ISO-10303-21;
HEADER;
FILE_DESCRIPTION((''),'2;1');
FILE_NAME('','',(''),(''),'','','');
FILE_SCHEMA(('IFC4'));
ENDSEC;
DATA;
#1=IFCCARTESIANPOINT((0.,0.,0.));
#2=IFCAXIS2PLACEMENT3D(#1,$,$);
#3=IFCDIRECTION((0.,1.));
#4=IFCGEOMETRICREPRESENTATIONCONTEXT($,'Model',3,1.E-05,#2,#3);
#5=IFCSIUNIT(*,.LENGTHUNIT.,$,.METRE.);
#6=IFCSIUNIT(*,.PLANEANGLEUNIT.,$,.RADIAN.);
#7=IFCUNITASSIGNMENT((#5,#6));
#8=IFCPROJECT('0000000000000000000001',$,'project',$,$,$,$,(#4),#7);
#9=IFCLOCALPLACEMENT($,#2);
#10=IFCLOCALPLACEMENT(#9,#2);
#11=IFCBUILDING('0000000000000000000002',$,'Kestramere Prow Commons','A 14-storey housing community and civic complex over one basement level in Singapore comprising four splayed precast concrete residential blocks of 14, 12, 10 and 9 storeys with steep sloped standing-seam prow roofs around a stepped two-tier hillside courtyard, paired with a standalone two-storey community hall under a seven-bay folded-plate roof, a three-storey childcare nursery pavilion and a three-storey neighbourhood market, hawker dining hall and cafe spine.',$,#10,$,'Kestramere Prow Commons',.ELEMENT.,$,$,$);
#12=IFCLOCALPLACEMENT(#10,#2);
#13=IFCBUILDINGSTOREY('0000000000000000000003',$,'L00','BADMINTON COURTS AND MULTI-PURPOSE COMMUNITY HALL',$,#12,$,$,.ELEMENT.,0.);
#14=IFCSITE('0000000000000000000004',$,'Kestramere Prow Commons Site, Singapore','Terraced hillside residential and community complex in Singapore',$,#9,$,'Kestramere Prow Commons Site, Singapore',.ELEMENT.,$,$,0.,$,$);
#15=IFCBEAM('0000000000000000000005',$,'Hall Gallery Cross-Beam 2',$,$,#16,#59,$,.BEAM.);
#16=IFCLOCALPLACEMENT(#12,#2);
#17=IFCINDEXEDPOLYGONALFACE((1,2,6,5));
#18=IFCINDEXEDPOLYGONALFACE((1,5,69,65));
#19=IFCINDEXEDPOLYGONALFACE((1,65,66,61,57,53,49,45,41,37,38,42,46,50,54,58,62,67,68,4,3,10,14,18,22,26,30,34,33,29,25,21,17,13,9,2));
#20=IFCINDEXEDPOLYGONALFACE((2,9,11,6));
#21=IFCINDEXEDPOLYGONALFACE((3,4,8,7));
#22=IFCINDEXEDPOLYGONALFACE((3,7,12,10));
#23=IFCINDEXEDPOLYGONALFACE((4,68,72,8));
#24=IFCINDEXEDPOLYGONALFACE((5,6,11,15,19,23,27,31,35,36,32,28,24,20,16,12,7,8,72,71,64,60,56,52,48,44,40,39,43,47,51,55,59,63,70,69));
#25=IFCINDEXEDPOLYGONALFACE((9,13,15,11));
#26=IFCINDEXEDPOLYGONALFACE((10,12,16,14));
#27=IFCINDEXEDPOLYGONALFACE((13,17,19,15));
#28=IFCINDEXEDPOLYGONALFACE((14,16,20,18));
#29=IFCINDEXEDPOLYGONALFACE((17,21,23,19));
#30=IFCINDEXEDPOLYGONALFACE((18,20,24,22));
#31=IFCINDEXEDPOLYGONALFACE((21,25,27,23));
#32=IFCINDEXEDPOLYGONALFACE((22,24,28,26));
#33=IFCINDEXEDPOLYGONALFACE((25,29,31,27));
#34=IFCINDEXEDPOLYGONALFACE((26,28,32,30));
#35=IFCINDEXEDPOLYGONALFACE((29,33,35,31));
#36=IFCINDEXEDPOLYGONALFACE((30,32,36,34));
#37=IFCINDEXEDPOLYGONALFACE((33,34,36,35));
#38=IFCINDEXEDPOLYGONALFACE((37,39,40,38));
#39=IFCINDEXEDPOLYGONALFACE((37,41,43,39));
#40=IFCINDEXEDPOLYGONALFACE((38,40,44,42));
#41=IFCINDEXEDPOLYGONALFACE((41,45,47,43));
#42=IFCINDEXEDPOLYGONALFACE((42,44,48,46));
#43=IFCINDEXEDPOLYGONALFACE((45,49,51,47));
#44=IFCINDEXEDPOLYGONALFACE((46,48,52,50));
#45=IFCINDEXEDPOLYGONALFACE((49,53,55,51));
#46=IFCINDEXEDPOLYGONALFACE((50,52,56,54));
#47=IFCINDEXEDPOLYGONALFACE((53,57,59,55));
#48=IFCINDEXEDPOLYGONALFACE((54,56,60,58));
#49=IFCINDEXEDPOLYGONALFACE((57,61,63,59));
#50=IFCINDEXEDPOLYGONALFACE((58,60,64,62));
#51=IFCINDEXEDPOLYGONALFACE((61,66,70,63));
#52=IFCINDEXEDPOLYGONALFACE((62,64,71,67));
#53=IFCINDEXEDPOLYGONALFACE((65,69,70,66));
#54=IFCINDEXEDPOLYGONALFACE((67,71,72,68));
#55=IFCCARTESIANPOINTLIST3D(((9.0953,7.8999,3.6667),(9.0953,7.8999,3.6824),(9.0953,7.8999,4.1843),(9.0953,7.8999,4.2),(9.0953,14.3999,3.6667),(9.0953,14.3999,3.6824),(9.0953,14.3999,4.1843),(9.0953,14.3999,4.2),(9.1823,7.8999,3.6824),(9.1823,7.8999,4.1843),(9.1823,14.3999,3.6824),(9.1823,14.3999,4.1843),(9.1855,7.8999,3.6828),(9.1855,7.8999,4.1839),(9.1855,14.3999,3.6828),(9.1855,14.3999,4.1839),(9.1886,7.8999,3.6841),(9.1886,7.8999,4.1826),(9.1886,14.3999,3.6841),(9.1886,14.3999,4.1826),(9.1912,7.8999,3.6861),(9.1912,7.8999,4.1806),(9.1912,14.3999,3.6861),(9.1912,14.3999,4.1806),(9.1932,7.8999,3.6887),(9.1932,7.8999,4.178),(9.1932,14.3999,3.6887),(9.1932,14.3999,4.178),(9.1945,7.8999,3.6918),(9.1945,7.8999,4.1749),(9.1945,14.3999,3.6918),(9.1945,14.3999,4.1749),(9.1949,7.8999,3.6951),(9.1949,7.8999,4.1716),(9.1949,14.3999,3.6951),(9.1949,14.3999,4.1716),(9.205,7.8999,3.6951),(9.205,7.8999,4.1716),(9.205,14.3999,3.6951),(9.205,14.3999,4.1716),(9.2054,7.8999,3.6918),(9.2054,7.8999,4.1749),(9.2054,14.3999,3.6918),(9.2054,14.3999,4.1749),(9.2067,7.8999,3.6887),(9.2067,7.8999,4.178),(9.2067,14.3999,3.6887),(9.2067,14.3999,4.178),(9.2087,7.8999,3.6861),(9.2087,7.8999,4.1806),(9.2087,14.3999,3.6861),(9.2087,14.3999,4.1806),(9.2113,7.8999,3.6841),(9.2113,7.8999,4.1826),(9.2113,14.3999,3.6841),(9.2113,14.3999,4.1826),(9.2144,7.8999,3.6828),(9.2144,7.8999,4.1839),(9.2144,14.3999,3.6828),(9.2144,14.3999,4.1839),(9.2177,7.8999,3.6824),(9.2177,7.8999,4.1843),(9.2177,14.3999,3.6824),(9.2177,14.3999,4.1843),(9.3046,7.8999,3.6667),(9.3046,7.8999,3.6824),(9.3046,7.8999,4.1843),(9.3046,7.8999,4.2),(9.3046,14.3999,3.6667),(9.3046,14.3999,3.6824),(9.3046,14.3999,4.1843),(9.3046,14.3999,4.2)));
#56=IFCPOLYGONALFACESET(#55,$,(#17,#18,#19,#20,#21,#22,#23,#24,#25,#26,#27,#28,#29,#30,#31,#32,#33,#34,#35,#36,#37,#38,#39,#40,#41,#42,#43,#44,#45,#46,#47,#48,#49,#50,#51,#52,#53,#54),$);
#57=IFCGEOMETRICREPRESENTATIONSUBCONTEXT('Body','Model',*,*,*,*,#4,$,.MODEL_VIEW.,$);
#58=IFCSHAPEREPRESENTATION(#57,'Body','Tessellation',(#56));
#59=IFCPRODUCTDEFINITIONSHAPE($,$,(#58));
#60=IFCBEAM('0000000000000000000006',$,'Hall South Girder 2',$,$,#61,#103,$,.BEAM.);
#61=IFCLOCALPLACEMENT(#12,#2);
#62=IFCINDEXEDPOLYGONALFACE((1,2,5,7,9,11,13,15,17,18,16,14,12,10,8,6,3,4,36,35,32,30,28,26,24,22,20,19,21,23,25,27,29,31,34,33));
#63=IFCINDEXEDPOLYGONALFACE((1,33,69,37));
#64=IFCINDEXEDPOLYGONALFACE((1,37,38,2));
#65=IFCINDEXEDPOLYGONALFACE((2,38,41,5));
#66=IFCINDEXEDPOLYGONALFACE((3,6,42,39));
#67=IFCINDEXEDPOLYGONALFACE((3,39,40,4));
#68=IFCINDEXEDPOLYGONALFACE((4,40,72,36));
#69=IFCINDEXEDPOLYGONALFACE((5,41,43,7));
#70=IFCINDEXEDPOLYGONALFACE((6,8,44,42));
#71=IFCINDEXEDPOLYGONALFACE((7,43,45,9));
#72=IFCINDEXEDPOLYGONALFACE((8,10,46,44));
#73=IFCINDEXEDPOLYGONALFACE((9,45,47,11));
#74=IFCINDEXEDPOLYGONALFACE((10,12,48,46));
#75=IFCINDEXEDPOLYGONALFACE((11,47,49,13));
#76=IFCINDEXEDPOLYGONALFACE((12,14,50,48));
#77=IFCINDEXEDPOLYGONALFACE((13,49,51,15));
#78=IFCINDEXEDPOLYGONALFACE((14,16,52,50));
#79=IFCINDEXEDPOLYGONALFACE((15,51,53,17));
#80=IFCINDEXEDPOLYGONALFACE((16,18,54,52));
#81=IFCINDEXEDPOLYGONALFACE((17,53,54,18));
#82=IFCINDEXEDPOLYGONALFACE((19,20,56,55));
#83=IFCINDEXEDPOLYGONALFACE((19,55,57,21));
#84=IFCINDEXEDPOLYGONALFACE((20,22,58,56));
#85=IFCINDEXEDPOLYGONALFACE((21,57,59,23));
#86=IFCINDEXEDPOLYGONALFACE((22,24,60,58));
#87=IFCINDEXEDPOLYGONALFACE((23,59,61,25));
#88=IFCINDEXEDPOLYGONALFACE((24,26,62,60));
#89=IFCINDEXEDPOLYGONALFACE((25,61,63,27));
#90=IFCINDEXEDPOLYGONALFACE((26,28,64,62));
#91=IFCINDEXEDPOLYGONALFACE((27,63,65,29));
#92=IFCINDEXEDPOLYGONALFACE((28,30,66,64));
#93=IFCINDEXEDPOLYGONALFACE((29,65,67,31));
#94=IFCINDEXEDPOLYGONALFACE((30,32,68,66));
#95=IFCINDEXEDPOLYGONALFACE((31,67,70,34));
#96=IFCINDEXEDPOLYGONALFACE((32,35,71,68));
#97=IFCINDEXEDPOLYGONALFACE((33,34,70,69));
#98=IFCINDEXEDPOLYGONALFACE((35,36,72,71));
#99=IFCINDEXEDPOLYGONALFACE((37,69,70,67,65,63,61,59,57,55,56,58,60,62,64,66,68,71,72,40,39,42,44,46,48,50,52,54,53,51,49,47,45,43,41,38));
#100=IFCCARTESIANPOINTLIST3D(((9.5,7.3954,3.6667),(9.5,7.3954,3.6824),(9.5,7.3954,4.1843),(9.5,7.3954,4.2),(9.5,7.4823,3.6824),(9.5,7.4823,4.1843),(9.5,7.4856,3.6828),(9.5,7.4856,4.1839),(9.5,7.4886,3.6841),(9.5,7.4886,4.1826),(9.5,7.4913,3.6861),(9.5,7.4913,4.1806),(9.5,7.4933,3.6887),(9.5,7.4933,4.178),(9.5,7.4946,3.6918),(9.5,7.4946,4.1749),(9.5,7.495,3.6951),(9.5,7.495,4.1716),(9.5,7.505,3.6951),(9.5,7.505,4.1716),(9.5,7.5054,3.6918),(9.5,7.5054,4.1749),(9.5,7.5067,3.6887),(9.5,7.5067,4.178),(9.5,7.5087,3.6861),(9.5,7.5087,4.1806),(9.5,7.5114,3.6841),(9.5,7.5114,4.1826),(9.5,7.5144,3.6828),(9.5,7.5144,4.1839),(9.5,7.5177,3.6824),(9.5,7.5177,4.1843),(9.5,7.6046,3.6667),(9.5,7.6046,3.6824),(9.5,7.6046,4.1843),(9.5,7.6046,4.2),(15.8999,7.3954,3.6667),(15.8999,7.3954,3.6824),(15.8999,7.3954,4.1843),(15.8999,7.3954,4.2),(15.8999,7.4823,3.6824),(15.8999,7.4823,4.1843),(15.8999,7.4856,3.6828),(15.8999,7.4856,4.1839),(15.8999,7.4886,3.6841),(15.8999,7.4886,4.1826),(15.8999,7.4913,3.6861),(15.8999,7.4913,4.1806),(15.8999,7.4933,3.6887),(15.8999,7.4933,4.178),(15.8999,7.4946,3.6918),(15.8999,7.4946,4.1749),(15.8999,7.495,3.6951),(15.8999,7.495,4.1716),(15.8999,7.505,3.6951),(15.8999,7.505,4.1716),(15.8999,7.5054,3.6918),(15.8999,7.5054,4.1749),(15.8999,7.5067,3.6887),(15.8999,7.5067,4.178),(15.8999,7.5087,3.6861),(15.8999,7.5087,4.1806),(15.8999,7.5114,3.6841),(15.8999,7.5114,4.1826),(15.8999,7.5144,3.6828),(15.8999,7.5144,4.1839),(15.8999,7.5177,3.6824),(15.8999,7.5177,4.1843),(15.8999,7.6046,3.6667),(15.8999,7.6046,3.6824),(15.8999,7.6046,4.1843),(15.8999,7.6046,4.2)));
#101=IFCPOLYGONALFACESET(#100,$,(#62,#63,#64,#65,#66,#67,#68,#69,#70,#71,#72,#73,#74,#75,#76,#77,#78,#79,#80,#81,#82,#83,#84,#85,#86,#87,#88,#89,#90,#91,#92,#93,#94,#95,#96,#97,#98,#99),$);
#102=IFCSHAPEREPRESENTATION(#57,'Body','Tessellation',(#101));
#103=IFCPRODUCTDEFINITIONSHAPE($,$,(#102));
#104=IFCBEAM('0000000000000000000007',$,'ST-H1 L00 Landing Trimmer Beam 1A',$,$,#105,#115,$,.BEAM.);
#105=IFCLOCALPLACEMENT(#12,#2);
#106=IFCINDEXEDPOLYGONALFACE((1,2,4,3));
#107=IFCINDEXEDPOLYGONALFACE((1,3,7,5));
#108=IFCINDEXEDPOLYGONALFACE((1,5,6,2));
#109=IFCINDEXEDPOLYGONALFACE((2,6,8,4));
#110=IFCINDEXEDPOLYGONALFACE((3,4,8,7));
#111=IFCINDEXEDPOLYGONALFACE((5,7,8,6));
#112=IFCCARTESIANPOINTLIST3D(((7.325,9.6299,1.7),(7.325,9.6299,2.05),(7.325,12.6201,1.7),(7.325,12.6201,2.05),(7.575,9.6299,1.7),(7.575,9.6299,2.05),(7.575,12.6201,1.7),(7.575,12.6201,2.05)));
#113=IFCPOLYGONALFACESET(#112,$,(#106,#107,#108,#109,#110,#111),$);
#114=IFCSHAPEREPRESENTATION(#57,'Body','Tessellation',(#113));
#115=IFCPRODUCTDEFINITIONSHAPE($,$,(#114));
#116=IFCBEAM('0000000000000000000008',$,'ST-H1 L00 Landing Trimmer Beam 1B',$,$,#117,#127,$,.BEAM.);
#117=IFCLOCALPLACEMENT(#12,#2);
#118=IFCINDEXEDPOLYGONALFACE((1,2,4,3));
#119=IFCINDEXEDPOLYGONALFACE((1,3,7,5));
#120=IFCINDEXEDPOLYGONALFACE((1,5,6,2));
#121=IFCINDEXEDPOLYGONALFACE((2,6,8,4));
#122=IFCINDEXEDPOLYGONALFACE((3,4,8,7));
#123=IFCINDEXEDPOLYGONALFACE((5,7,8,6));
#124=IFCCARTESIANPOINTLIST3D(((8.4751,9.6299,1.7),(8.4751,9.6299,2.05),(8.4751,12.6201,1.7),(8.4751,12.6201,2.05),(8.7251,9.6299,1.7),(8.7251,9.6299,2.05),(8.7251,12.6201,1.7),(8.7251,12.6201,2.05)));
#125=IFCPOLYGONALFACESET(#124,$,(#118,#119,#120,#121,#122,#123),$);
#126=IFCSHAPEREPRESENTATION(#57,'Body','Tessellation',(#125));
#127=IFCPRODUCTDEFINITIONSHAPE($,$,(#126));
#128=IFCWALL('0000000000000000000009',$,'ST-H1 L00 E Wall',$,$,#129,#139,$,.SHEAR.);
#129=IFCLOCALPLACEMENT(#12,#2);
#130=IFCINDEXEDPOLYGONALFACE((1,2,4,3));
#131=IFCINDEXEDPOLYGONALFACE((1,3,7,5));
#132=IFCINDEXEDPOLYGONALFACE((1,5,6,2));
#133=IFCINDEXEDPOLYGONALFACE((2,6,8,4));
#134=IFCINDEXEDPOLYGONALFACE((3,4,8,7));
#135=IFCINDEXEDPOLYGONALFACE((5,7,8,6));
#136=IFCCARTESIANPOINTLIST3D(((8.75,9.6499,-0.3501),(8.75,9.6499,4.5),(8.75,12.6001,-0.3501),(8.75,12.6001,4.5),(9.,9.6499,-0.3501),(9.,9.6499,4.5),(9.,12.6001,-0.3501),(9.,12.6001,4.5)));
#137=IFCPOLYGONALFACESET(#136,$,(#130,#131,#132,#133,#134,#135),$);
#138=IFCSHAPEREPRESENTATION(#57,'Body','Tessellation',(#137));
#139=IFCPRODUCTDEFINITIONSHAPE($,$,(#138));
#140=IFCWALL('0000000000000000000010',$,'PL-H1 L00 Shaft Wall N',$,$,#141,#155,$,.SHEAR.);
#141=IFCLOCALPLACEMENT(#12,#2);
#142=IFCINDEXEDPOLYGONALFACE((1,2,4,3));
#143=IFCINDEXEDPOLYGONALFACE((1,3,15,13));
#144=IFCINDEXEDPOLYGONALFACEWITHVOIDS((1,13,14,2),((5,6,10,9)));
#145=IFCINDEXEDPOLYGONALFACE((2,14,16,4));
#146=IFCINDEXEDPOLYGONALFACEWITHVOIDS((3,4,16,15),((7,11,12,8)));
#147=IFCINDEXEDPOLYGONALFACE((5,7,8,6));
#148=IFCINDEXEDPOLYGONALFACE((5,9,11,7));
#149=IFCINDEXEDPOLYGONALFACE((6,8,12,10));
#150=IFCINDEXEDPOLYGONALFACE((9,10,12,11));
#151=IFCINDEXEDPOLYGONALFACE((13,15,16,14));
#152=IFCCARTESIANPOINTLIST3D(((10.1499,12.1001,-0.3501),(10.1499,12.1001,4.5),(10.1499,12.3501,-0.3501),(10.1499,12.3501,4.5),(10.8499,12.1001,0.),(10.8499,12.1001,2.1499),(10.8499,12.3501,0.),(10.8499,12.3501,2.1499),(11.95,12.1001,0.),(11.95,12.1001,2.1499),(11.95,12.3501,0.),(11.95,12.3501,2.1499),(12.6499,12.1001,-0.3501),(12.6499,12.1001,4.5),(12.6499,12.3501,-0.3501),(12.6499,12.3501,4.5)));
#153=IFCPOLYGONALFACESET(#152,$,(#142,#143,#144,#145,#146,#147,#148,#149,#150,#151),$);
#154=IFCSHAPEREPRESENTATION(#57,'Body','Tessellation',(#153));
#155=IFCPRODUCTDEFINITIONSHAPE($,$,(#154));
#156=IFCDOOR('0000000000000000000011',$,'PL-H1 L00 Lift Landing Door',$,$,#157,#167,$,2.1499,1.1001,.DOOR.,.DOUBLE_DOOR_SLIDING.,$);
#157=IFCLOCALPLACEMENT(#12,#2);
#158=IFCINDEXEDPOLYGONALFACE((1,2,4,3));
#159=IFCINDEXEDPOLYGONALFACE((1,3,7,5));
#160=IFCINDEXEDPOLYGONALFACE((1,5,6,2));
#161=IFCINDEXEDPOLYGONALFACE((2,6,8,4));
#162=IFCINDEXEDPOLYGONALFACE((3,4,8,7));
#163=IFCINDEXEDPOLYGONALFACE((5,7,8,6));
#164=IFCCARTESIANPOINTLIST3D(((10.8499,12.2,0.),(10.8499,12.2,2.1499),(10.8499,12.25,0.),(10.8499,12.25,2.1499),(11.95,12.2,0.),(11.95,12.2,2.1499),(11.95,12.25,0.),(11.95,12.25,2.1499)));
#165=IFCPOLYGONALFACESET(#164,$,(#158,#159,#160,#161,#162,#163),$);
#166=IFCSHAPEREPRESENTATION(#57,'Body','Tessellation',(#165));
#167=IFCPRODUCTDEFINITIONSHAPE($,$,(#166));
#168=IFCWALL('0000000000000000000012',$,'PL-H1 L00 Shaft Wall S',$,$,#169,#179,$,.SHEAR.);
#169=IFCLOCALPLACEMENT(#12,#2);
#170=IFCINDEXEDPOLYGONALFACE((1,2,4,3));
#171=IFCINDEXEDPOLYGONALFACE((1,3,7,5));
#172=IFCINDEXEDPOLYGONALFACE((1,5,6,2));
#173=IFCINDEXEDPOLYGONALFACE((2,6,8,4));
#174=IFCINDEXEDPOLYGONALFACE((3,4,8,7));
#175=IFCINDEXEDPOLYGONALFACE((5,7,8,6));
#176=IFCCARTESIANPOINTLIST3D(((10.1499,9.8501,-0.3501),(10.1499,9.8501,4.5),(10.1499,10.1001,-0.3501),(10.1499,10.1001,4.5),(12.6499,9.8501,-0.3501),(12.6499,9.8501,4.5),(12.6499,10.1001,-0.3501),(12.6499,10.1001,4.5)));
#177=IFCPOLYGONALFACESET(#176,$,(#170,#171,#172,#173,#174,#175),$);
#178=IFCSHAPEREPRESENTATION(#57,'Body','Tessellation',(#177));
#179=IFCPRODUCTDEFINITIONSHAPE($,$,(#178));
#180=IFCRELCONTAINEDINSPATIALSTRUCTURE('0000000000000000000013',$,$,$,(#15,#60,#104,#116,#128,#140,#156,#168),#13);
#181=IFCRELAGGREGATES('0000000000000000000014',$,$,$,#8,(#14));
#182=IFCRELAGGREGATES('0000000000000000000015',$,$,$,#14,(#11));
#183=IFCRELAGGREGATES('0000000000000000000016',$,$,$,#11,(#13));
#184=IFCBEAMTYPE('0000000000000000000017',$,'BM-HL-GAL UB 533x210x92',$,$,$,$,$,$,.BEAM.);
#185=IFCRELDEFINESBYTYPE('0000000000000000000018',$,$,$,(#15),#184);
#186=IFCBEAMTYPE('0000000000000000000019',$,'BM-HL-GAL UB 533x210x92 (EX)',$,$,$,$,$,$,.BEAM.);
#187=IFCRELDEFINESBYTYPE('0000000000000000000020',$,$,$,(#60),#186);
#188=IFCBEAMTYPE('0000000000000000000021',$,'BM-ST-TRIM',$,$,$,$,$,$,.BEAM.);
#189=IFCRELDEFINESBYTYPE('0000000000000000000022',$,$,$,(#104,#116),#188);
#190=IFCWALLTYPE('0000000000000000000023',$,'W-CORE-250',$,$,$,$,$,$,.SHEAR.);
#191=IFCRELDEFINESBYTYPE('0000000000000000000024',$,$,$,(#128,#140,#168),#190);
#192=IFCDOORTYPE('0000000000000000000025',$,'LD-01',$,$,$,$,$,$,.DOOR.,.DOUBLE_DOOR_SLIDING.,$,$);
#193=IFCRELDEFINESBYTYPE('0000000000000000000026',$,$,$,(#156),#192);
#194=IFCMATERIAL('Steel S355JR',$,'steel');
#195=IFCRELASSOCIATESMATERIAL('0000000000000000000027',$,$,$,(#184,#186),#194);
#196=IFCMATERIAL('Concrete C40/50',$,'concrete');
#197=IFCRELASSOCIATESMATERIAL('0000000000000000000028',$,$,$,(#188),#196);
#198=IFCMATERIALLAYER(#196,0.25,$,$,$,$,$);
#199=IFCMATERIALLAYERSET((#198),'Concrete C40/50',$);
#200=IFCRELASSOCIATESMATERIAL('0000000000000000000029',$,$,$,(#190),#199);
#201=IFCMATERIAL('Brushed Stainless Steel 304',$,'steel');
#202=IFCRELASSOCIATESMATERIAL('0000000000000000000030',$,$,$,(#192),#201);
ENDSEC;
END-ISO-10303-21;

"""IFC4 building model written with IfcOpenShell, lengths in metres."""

from ifc_helpers import new_model, si_unit, direction, frame, frame_2d, origin, origin_2d, place, context, subcontext, project, spatial, rectangle, i_section, extrude, material, layer, layer_set, material_profile, profile_set, type_object, element, fill, save


model = new_model("IFC4")

# Units and contexts
model_context = context("Model", 3, precision=1e-05, world=origin(), true_north=direction((0.0, 1.0)))
body_context = subcontext(model_context, "Body", "Model", "MODEL_VIEW")
ifc_project = project(units=[si_unit("LENGTHUNIT", "METRE"), si_unit("PLANEANGLEUNIT", "RADIAN")], contexts=[model_context])

# Site, building, storey
site_placement = place(None, origin())
site = spatial("IfcSite", under=ifc_project, at=site_placement, Name="Kestramere Prow Commons Site, Singapore", Description="Terraced hillside residential and community complex in Singapore", LongName="Kestramere Prow Commons Site, Singapore", CompositionType="ELEMENT", RefElevation=0.0)
building_placement = place(site_placement, origin())
building = spatial("IfcBuilding", under=site, at=building_placement, Name="Kestramere Prow Commons", Description="A 14-storey housing community and civic complex over one basement level in Singapore comprising four splayed precast concrete residential blocks of 14, 12, 10 and 9 storeys with steep sloped standing-seam prow roofs around a stepped two-tier hillside courtyard, paired with a standalone two-storey community hall under a seven-bay folded-plate roof, a three-storey childcare nursery pavilion and a three-storey neighbourhood market, hawker dining hall and cafe spine.", LongName="Kestramere Prow Commons", CompositionType="ELEMENT")
storey_placement = place(building_placement, origin())
storey = spatial("IfcBuildingStorey", under=building, at=storey_placement, Name="L00", Description="BADMINTON COURTS AND MULTI-PURPOSE COMMUNITY HALL", CompositionType="ELEMENT", Elevation=0.0)

# Beams
ifc_material_1 = material(Name="Steel S355JR", Category="steel")
ifc_material_profile_1 = material_profile(ifc_material_1, i_section(OverallWidth=0.2092, OverallDepth=0.5332, WebThickness=0.01, FlangeThickness=0.0156, FilletRadius=0.0127, at=origin_2d()), Name="UB 533x210x92")
ifc_profile_set_1 = profile_set([ifc_material_profile_1], Name="Steel S355JR")
beam_type_1 = type_object("IfcBeamType", Name="BM-HL-GAL UB 533x210x92", PredefinedType="BEAM", material=ifc_profile_set_1)
beam_1_placement = place(storey_placement, frame((9.2, 7.8999, 3.9333), z_axis=(0.0, 1.0, 0.0), x_axis=(-1.0, 0.0, 0.0)))
element("IfcBeam", 1, at=beam_1_placement, inside=storey, type_object=beam_type_1, Name="Hall Gallery Cross-Beam 2", PredefinedType="BEAM", context=body_context, shape_type="SweptSolid", body=[
    extrude(i_section(OverallWidth=0.2092, OverallDepth=0.5332, WebThickness=0.01, FlangeThickness=0.0156, FilletRadius=0.0127, at=origin_2d()), origin(), (0.0, 0.0, 1.0), 6.5),
])
ifc_material_profile_2 = material_profile(ifc_material_1, i_section(OverallWidth=0.2092, OverallDepth=0.5332, WebThickness=0.01, FlangeThickness=0.0156, FilletRadius=0.0127, at=origin_2d()), Name="UB 533x210x92")
ifc_profile_set_2 = profile_set([ifc_material_profile_2], Name="Steel S355JR")
beam_type_2 = type_object("IfcBeamType", Name="BM-HL-GAL UB 533x210x92 (EX)", PredefinedType="BEAM", material=ifc_profile_set_2)
beam_2_placement = place(storey_placement, frame((9.5, 7.5, 3.9333), z_axis=(1.0, 0.0, 0.0), x_axis=(0.0, 1.0, 0.0)))
element("IfcBeam", 2, at=beam_2_placement, inside=storey, type_object=beam_type_2, Name="Hall South Girder 2", PredefinedType="BEAM", context=body_context, shape_type="SweptSolid", body=[
    extrude(i_section(OverallWidth=0.2092, OverallDepth=0.5332, WebThickness=0.01, FlangeThickness=0.0156, FilletRadius=0.0127, at=origin_2d()), origin(), (0.0, 0.0, 1.0), 6.3999),
])
ifc_material_2 = material(Name="Concrete C40/50", Category="concrete")
ifc_material_profile_3 = material_profile(ifc_material_2, rectangle(XDim=0.25, YDim=0.3501, at=origin_2d()), Name="PC-BM 250x350")
ifc_profile_set_3 = profile_set([ifc_material_profile_3], Name="Concrete C40/50")
beam_type_3 = type_object("IfcBeamType", Name="BM-ST-TRIM", PredefinedType="BEAM", material=ifc_profile_set_3)
for number, where, z_axis, x_axis, name in (
    (3, (7.45, 9.6299, 1.875), (0.0, 1.0, 0.0), (-1.0, 0.0, 0.0), "ST-H1 L00 Landing Trimmer Beam 1A"),
    (4, (8.6001, 9.6299, 1.875), (0.0, 1.0, 0.0), (-1.0, 0.0, 0.0), "ST-H1 L00 Landing Trimmer Beam 1B"),
):
    element("IfcBeam", number, at=place(storey_placement, frame(where, z_axis=z_axis, x_axis=x_axis)), inside=storey, type_object=beam_type_3, Name=name, PredefinedType="BEAM", context=body_context, shape_type="SweptSolid", body=[
        extrude(rectangle(XDim=0.25, YDim=0.3501, at=origin_2d()), origin(), (0.0, 0.0, 1.0), 2.9902),
    ])

# Wall
ifc_layer_1 = layer(ifc_material_2, 0.25)
ifc_layer_set_1 = layer_set([ifc_layer_1], Name="Concrete C40/50")
wall_type_1 = type_object("IfcWallType", Name="W-CORE-250", PredefinedType="SHEAR", material=ifc_layer_set_1)
wall_1_placement = place(storey_placement, frame((8.875, 9.6499, -0.3501), z_axis=(0.0, 0.0, 1.0), x_axis=(0.0, 1.0, 0.0)))
element("IfcWall", 5, at=wall_1_placement, inside=storey, type_object=wall_type_1, Name="ST-H1 L00 E Wall", PredefinedType="SHEAR", context=body_context, shape_type="SweptSolid", body=[
    extrude(rectangle(XDim=2.9502, YDim=0.25, at=frame_2d((1.4751, 0.0))), origin(), (0.0, 0.0, 1.0), 4.8501),
])

# Wall, opening, door
wall_2_placement = place(storey_placement, frame((10.1499, 12.2251, -0.3501), z_axis=(0.0, 0.0, 1.0), x_axis=(1.0, 0.0, 0.0)))
wall_2 = element("IfcWall", 6, at=wall_2_placement, inside=storey, type_object=wall_type_1, Name="PL-H1 L00 Shaft Wall N", PredefinedType="SHEAR", context=body_context, shape_type="SweptSolid", body=[
    extrude(rectangle(XDim=2.5, YDim=0.25, at=frame_2d((1.25, 0.0))), origin(), (0.0, 0.0, 1.0), 4.8501),
])
opening_1_placement = place(wall_2_placement, frame((0.7, 0.0, 0.3501)))
opening_1 = element("IfcOpeningElement", 7, at=opening_1_placement, cuts=wall_2, PredefinedType="OPENING", context=body_context, shape_type="SweptSolid", body=[
    extrude(rectangle(XDim=1.1001, YDim=2.1499, at=frame_2d((0.55, 1.075))), frame((0.0, 0.1399, 0.0), z_axis=(0.0, -1.0, 0.0), x_axis=(1.0, 0.0, 0.0)), (0.0, 0.0, 1.0), 0.28),
])
ifc_material_3 = material(Name="Brushed Stainless Steel 304", Category="steel")
door_type_1 = type_object("IfcDoorType", Name="LD-01", OperationType="DOUBLE_DOOR_SLIDING", PredefinedType="DOOR", material=ifc_material_3)
door_1_placement = place(opening_1_placement, origin())
door_1 = element("IfcDoor", 8, at=door_1_placement, inside=storey, type_object=door_type_1, Name="PL-H1 L00 Lift Landing Door", OperationType="DOUBLE_DOOR_SLIDING", OverallHeight=2.1499, OverallWidth=1.1001, PredefinedType="DOOR", context=body_context, shape_type="SweptSolid", body=[
    extrude(rectangle(XDim=1.1001, YDim=2.1499, at=frame_2d((0.55, 1.075))), frame((0.0, 0.0249, 0.0), z_axis=(0.0, -1.0, 0.0), x_axis=(1.0, 0.0, 0.0)), (0.0, 0.0, 1.0), 0.05),
])
fill(opening_1, door_1)

# Wall
wall_3_placement = place(storey_placement, frame((10.1499, 9.9751, -0.3501), z_axis=(0.0, 0.0, 1.0), x_axis=(1.0, 0.0, 0.0)))
element("IfcWall", 9, at=wall_3_placement, inside=storey, type_object=wall_type_1, Name="PL-H1 L00 Shaft Wall S", PredefinedType="SHEAR", context=body_context, shape_type="SweptSolid", body=[
    extrude(rectangle(XDim=2.5, YDim=0.25, at=frame_2d((1.25, 0.0))), origin(), (0.0, 0.0, 1.0), 4.8501),
])

save(model, "model.ifc")
